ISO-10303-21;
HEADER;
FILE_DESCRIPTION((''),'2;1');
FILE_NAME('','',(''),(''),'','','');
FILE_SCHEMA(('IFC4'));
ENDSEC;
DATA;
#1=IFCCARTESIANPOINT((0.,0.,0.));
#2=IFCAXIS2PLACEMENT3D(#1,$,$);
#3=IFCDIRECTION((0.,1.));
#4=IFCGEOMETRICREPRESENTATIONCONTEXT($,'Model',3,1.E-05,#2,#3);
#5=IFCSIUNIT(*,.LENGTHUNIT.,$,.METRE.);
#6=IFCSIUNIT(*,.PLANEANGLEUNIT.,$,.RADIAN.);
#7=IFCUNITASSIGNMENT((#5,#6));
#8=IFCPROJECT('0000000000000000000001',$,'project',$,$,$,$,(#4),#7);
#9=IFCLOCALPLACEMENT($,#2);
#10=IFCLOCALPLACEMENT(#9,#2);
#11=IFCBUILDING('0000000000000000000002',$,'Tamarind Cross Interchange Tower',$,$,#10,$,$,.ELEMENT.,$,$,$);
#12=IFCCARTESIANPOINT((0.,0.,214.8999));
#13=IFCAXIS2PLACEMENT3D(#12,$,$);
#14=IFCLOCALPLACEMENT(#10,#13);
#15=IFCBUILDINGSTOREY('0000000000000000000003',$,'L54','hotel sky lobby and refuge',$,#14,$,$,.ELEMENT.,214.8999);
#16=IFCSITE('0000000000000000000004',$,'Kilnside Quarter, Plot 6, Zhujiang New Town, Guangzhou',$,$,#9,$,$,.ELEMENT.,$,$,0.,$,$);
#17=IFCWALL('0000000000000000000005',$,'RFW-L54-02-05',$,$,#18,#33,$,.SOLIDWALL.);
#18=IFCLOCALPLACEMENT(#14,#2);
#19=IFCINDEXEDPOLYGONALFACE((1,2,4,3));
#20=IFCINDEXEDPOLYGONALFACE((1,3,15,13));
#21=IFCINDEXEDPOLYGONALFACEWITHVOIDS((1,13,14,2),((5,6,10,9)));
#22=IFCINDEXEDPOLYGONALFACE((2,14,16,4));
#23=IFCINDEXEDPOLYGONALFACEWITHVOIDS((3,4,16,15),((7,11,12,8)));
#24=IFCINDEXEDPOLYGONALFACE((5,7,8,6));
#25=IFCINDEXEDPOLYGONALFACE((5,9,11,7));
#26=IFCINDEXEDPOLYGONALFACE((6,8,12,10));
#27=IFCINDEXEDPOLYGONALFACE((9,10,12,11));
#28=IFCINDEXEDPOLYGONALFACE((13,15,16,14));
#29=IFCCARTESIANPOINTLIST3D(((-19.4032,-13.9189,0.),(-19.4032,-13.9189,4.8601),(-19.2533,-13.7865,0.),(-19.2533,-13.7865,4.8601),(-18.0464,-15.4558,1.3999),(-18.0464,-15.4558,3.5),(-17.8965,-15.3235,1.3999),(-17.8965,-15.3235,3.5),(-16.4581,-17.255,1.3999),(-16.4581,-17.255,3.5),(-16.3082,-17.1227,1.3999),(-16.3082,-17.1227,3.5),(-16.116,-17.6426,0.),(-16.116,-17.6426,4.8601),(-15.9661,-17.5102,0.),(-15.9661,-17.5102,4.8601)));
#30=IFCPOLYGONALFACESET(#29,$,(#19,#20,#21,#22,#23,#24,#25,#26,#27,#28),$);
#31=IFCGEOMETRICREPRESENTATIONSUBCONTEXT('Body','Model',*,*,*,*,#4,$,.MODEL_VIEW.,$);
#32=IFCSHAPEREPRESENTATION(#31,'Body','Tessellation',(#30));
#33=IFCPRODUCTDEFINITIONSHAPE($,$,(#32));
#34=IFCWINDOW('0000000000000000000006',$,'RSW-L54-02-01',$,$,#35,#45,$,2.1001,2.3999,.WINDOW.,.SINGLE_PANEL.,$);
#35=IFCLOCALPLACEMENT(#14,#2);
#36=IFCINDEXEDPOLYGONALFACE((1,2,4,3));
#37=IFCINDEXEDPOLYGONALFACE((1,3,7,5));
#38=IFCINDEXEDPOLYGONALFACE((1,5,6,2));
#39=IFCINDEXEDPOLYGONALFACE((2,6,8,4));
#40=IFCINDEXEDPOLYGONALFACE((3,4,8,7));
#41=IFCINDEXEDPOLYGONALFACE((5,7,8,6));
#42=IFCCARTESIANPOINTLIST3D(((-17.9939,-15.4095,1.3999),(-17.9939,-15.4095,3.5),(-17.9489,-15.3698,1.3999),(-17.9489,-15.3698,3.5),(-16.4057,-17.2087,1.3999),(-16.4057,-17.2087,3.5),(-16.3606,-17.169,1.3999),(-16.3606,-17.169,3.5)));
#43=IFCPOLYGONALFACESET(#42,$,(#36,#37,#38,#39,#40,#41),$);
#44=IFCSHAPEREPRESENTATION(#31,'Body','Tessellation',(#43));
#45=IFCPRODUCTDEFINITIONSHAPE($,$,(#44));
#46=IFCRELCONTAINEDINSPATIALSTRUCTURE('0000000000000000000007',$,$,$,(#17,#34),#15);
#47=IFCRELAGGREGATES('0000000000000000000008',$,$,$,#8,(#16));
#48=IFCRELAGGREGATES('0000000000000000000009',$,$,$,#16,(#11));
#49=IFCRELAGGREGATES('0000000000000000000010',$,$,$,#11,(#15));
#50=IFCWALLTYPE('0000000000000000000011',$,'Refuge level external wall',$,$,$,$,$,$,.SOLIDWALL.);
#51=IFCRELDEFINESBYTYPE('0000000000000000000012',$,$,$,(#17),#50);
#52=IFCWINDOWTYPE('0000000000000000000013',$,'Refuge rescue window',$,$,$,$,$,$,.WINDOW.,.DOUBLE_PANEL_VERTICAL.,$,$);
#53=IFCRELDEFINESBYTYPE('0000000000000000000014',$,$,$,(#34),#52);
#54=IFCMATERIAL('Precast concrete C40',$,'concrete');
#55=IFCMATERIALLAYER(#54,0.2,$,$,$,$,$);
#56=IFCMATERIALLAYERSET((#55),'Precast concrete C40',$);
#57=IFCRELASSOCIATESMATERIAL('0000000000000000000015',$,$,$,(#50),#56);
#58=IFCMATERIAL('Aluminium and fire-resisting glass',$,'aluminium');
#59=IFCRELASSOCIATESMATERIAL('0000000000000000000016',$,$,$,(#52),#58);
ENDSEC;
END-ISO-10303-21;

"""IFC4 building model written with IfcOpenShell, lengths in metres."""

from ifc_helpers import new_model, si_unit, direction, frame, frame_2d, origin, place, context, subcontext, project, spatial, rectangle, extrude, material, layer, layer_set, type_object, element, fill, save


model = new_model("IFC4")

# Units and contexts
model_context = context("Model", 3, precision=1e-05, world=origin(), true_north=direction((0.0, 1.0)))
body_context = subcontext(model_context, "Body", "Model", "MODEL_VIEW")
ifc_project = project(units=[si_unit("LENGTHUNIT", "METRE"), si_unit("PLANEANGLEUNIT", "RADIAN")], contexts=[model_context])

# Site, building, storey
site_placement = place(None, origin())
site = spatial("IfcSite", under=ifc_project, at=site_placement, Name="Kilnside Quarter, Plot 6, Zhujiang New Town, Guangzhou", CompositionType="ELEMENT", RefElevation=0.0)
building_placement = place(site_placement, origin())
building = spatial("IfcBuilding", under=site, at=building_placement, Name="Tamarind Cross Interchange Tower", CompositionType="ELEMENT")
storey_placement = place(building_placement, frame((0.0, 0.0, 214.8999)))
storey = spatial("IfcBuildingStorey", under=building, at=storey_placement, Name="L54", Description="hotel sky lobby and refuge", CompositionType="ELEMENT", Elevation=214.8999)

# Shared definitions
ifc_material_1 = material(Name="Precast concrete C40", Category="concrete")
ifc_layer_1 = layer(ifc_material_1, 0.2)
ifc_layer_set_1 = layer_set([ifc_layer_1], Name="Precast concrete C40")
wall_type_1 = type_object("IfcWallType", Name="Refuge level external wall", PredefinedType="SOLIDWALL", material=ifc_layer_set_1)

# Wall, opening, window
wall_1_placement = place(storey_placement, frame((-19.3281, -13.8528, 0.0), z_axis=(0.0, 0.0, 1.0), x_axis=(0.661797, -0.749683, 0.0)))
wall_1 = element("IfcWall", 1, at=wall_1_placement, inside=storey, type_object=wall_type_1, Name="RFW-L54-02-05", PredefinedType="SOLIDWALL", context=body_context, shape_type="SweptSolid", body=[
    extrude(rectangle(XDim=4.967, YDim=0.2, at=frame_2d((2.4834, 0.0))), origin(), (0.0, 0.0, 1.0), 4.8601),
])
opening_1_placement = place(wall_1_placement, frame((2.05, 0.0, 1.3999)))
opening_1 = element("IfcOpeningElement", 2, at=opening_1_placement, cuts=wall_1, PredefinedType="OPENING", context=body_context, shape_type="SweptSolid", body=[
    extrude(rectangle(XDim=2.3999, YDim=2.1001, at=frame_2d((1.2, 1.05))), frame((0.0, 0.1099, 0.0), z_axis=(0.0, -1.0, 0.0), x_axis=(1.0, 0.0, 0.0)), (0.0, 0.0, 1.0), 0.22),
])
ifc_material_2 = material(Name="Aluminium and fire-resisting glass", Category="aluminium")
window_type = type_object("IfcWindowType", Name="Refuge rescue window", PartitioningType="DOUBLE_PANEL_VERTICAL", PredefinedType="WINDOW", material=ifc_material_2)
window_placement = place(opening_1_placement, origin())
window = element("IfcWindow", 3, at=window_placement, inside=storey, type_object=window_type, Name="RSW-L54-02-01", OverallHeight=2.1001, OverallWidth=2.3999, PartitioningType="SINGLE_PANEL", PredefinedType="WINDOW", context=body_context, shape_type="SweptSolid", body=[
    extrude(rectangle(XDim=2.3999, YDim=2.1001, at=frame_2d((1.2, 1.05))), frame((0.0, 0.03, 0.0), z_axis=(0.0, -1.0, 0.0), x_axis=(1.0, 0.0, 0.0)), (0.0, 0.0, 1.0), 0.0601),
])
fill(opening_1, window)

save(model, "model.ifc")
